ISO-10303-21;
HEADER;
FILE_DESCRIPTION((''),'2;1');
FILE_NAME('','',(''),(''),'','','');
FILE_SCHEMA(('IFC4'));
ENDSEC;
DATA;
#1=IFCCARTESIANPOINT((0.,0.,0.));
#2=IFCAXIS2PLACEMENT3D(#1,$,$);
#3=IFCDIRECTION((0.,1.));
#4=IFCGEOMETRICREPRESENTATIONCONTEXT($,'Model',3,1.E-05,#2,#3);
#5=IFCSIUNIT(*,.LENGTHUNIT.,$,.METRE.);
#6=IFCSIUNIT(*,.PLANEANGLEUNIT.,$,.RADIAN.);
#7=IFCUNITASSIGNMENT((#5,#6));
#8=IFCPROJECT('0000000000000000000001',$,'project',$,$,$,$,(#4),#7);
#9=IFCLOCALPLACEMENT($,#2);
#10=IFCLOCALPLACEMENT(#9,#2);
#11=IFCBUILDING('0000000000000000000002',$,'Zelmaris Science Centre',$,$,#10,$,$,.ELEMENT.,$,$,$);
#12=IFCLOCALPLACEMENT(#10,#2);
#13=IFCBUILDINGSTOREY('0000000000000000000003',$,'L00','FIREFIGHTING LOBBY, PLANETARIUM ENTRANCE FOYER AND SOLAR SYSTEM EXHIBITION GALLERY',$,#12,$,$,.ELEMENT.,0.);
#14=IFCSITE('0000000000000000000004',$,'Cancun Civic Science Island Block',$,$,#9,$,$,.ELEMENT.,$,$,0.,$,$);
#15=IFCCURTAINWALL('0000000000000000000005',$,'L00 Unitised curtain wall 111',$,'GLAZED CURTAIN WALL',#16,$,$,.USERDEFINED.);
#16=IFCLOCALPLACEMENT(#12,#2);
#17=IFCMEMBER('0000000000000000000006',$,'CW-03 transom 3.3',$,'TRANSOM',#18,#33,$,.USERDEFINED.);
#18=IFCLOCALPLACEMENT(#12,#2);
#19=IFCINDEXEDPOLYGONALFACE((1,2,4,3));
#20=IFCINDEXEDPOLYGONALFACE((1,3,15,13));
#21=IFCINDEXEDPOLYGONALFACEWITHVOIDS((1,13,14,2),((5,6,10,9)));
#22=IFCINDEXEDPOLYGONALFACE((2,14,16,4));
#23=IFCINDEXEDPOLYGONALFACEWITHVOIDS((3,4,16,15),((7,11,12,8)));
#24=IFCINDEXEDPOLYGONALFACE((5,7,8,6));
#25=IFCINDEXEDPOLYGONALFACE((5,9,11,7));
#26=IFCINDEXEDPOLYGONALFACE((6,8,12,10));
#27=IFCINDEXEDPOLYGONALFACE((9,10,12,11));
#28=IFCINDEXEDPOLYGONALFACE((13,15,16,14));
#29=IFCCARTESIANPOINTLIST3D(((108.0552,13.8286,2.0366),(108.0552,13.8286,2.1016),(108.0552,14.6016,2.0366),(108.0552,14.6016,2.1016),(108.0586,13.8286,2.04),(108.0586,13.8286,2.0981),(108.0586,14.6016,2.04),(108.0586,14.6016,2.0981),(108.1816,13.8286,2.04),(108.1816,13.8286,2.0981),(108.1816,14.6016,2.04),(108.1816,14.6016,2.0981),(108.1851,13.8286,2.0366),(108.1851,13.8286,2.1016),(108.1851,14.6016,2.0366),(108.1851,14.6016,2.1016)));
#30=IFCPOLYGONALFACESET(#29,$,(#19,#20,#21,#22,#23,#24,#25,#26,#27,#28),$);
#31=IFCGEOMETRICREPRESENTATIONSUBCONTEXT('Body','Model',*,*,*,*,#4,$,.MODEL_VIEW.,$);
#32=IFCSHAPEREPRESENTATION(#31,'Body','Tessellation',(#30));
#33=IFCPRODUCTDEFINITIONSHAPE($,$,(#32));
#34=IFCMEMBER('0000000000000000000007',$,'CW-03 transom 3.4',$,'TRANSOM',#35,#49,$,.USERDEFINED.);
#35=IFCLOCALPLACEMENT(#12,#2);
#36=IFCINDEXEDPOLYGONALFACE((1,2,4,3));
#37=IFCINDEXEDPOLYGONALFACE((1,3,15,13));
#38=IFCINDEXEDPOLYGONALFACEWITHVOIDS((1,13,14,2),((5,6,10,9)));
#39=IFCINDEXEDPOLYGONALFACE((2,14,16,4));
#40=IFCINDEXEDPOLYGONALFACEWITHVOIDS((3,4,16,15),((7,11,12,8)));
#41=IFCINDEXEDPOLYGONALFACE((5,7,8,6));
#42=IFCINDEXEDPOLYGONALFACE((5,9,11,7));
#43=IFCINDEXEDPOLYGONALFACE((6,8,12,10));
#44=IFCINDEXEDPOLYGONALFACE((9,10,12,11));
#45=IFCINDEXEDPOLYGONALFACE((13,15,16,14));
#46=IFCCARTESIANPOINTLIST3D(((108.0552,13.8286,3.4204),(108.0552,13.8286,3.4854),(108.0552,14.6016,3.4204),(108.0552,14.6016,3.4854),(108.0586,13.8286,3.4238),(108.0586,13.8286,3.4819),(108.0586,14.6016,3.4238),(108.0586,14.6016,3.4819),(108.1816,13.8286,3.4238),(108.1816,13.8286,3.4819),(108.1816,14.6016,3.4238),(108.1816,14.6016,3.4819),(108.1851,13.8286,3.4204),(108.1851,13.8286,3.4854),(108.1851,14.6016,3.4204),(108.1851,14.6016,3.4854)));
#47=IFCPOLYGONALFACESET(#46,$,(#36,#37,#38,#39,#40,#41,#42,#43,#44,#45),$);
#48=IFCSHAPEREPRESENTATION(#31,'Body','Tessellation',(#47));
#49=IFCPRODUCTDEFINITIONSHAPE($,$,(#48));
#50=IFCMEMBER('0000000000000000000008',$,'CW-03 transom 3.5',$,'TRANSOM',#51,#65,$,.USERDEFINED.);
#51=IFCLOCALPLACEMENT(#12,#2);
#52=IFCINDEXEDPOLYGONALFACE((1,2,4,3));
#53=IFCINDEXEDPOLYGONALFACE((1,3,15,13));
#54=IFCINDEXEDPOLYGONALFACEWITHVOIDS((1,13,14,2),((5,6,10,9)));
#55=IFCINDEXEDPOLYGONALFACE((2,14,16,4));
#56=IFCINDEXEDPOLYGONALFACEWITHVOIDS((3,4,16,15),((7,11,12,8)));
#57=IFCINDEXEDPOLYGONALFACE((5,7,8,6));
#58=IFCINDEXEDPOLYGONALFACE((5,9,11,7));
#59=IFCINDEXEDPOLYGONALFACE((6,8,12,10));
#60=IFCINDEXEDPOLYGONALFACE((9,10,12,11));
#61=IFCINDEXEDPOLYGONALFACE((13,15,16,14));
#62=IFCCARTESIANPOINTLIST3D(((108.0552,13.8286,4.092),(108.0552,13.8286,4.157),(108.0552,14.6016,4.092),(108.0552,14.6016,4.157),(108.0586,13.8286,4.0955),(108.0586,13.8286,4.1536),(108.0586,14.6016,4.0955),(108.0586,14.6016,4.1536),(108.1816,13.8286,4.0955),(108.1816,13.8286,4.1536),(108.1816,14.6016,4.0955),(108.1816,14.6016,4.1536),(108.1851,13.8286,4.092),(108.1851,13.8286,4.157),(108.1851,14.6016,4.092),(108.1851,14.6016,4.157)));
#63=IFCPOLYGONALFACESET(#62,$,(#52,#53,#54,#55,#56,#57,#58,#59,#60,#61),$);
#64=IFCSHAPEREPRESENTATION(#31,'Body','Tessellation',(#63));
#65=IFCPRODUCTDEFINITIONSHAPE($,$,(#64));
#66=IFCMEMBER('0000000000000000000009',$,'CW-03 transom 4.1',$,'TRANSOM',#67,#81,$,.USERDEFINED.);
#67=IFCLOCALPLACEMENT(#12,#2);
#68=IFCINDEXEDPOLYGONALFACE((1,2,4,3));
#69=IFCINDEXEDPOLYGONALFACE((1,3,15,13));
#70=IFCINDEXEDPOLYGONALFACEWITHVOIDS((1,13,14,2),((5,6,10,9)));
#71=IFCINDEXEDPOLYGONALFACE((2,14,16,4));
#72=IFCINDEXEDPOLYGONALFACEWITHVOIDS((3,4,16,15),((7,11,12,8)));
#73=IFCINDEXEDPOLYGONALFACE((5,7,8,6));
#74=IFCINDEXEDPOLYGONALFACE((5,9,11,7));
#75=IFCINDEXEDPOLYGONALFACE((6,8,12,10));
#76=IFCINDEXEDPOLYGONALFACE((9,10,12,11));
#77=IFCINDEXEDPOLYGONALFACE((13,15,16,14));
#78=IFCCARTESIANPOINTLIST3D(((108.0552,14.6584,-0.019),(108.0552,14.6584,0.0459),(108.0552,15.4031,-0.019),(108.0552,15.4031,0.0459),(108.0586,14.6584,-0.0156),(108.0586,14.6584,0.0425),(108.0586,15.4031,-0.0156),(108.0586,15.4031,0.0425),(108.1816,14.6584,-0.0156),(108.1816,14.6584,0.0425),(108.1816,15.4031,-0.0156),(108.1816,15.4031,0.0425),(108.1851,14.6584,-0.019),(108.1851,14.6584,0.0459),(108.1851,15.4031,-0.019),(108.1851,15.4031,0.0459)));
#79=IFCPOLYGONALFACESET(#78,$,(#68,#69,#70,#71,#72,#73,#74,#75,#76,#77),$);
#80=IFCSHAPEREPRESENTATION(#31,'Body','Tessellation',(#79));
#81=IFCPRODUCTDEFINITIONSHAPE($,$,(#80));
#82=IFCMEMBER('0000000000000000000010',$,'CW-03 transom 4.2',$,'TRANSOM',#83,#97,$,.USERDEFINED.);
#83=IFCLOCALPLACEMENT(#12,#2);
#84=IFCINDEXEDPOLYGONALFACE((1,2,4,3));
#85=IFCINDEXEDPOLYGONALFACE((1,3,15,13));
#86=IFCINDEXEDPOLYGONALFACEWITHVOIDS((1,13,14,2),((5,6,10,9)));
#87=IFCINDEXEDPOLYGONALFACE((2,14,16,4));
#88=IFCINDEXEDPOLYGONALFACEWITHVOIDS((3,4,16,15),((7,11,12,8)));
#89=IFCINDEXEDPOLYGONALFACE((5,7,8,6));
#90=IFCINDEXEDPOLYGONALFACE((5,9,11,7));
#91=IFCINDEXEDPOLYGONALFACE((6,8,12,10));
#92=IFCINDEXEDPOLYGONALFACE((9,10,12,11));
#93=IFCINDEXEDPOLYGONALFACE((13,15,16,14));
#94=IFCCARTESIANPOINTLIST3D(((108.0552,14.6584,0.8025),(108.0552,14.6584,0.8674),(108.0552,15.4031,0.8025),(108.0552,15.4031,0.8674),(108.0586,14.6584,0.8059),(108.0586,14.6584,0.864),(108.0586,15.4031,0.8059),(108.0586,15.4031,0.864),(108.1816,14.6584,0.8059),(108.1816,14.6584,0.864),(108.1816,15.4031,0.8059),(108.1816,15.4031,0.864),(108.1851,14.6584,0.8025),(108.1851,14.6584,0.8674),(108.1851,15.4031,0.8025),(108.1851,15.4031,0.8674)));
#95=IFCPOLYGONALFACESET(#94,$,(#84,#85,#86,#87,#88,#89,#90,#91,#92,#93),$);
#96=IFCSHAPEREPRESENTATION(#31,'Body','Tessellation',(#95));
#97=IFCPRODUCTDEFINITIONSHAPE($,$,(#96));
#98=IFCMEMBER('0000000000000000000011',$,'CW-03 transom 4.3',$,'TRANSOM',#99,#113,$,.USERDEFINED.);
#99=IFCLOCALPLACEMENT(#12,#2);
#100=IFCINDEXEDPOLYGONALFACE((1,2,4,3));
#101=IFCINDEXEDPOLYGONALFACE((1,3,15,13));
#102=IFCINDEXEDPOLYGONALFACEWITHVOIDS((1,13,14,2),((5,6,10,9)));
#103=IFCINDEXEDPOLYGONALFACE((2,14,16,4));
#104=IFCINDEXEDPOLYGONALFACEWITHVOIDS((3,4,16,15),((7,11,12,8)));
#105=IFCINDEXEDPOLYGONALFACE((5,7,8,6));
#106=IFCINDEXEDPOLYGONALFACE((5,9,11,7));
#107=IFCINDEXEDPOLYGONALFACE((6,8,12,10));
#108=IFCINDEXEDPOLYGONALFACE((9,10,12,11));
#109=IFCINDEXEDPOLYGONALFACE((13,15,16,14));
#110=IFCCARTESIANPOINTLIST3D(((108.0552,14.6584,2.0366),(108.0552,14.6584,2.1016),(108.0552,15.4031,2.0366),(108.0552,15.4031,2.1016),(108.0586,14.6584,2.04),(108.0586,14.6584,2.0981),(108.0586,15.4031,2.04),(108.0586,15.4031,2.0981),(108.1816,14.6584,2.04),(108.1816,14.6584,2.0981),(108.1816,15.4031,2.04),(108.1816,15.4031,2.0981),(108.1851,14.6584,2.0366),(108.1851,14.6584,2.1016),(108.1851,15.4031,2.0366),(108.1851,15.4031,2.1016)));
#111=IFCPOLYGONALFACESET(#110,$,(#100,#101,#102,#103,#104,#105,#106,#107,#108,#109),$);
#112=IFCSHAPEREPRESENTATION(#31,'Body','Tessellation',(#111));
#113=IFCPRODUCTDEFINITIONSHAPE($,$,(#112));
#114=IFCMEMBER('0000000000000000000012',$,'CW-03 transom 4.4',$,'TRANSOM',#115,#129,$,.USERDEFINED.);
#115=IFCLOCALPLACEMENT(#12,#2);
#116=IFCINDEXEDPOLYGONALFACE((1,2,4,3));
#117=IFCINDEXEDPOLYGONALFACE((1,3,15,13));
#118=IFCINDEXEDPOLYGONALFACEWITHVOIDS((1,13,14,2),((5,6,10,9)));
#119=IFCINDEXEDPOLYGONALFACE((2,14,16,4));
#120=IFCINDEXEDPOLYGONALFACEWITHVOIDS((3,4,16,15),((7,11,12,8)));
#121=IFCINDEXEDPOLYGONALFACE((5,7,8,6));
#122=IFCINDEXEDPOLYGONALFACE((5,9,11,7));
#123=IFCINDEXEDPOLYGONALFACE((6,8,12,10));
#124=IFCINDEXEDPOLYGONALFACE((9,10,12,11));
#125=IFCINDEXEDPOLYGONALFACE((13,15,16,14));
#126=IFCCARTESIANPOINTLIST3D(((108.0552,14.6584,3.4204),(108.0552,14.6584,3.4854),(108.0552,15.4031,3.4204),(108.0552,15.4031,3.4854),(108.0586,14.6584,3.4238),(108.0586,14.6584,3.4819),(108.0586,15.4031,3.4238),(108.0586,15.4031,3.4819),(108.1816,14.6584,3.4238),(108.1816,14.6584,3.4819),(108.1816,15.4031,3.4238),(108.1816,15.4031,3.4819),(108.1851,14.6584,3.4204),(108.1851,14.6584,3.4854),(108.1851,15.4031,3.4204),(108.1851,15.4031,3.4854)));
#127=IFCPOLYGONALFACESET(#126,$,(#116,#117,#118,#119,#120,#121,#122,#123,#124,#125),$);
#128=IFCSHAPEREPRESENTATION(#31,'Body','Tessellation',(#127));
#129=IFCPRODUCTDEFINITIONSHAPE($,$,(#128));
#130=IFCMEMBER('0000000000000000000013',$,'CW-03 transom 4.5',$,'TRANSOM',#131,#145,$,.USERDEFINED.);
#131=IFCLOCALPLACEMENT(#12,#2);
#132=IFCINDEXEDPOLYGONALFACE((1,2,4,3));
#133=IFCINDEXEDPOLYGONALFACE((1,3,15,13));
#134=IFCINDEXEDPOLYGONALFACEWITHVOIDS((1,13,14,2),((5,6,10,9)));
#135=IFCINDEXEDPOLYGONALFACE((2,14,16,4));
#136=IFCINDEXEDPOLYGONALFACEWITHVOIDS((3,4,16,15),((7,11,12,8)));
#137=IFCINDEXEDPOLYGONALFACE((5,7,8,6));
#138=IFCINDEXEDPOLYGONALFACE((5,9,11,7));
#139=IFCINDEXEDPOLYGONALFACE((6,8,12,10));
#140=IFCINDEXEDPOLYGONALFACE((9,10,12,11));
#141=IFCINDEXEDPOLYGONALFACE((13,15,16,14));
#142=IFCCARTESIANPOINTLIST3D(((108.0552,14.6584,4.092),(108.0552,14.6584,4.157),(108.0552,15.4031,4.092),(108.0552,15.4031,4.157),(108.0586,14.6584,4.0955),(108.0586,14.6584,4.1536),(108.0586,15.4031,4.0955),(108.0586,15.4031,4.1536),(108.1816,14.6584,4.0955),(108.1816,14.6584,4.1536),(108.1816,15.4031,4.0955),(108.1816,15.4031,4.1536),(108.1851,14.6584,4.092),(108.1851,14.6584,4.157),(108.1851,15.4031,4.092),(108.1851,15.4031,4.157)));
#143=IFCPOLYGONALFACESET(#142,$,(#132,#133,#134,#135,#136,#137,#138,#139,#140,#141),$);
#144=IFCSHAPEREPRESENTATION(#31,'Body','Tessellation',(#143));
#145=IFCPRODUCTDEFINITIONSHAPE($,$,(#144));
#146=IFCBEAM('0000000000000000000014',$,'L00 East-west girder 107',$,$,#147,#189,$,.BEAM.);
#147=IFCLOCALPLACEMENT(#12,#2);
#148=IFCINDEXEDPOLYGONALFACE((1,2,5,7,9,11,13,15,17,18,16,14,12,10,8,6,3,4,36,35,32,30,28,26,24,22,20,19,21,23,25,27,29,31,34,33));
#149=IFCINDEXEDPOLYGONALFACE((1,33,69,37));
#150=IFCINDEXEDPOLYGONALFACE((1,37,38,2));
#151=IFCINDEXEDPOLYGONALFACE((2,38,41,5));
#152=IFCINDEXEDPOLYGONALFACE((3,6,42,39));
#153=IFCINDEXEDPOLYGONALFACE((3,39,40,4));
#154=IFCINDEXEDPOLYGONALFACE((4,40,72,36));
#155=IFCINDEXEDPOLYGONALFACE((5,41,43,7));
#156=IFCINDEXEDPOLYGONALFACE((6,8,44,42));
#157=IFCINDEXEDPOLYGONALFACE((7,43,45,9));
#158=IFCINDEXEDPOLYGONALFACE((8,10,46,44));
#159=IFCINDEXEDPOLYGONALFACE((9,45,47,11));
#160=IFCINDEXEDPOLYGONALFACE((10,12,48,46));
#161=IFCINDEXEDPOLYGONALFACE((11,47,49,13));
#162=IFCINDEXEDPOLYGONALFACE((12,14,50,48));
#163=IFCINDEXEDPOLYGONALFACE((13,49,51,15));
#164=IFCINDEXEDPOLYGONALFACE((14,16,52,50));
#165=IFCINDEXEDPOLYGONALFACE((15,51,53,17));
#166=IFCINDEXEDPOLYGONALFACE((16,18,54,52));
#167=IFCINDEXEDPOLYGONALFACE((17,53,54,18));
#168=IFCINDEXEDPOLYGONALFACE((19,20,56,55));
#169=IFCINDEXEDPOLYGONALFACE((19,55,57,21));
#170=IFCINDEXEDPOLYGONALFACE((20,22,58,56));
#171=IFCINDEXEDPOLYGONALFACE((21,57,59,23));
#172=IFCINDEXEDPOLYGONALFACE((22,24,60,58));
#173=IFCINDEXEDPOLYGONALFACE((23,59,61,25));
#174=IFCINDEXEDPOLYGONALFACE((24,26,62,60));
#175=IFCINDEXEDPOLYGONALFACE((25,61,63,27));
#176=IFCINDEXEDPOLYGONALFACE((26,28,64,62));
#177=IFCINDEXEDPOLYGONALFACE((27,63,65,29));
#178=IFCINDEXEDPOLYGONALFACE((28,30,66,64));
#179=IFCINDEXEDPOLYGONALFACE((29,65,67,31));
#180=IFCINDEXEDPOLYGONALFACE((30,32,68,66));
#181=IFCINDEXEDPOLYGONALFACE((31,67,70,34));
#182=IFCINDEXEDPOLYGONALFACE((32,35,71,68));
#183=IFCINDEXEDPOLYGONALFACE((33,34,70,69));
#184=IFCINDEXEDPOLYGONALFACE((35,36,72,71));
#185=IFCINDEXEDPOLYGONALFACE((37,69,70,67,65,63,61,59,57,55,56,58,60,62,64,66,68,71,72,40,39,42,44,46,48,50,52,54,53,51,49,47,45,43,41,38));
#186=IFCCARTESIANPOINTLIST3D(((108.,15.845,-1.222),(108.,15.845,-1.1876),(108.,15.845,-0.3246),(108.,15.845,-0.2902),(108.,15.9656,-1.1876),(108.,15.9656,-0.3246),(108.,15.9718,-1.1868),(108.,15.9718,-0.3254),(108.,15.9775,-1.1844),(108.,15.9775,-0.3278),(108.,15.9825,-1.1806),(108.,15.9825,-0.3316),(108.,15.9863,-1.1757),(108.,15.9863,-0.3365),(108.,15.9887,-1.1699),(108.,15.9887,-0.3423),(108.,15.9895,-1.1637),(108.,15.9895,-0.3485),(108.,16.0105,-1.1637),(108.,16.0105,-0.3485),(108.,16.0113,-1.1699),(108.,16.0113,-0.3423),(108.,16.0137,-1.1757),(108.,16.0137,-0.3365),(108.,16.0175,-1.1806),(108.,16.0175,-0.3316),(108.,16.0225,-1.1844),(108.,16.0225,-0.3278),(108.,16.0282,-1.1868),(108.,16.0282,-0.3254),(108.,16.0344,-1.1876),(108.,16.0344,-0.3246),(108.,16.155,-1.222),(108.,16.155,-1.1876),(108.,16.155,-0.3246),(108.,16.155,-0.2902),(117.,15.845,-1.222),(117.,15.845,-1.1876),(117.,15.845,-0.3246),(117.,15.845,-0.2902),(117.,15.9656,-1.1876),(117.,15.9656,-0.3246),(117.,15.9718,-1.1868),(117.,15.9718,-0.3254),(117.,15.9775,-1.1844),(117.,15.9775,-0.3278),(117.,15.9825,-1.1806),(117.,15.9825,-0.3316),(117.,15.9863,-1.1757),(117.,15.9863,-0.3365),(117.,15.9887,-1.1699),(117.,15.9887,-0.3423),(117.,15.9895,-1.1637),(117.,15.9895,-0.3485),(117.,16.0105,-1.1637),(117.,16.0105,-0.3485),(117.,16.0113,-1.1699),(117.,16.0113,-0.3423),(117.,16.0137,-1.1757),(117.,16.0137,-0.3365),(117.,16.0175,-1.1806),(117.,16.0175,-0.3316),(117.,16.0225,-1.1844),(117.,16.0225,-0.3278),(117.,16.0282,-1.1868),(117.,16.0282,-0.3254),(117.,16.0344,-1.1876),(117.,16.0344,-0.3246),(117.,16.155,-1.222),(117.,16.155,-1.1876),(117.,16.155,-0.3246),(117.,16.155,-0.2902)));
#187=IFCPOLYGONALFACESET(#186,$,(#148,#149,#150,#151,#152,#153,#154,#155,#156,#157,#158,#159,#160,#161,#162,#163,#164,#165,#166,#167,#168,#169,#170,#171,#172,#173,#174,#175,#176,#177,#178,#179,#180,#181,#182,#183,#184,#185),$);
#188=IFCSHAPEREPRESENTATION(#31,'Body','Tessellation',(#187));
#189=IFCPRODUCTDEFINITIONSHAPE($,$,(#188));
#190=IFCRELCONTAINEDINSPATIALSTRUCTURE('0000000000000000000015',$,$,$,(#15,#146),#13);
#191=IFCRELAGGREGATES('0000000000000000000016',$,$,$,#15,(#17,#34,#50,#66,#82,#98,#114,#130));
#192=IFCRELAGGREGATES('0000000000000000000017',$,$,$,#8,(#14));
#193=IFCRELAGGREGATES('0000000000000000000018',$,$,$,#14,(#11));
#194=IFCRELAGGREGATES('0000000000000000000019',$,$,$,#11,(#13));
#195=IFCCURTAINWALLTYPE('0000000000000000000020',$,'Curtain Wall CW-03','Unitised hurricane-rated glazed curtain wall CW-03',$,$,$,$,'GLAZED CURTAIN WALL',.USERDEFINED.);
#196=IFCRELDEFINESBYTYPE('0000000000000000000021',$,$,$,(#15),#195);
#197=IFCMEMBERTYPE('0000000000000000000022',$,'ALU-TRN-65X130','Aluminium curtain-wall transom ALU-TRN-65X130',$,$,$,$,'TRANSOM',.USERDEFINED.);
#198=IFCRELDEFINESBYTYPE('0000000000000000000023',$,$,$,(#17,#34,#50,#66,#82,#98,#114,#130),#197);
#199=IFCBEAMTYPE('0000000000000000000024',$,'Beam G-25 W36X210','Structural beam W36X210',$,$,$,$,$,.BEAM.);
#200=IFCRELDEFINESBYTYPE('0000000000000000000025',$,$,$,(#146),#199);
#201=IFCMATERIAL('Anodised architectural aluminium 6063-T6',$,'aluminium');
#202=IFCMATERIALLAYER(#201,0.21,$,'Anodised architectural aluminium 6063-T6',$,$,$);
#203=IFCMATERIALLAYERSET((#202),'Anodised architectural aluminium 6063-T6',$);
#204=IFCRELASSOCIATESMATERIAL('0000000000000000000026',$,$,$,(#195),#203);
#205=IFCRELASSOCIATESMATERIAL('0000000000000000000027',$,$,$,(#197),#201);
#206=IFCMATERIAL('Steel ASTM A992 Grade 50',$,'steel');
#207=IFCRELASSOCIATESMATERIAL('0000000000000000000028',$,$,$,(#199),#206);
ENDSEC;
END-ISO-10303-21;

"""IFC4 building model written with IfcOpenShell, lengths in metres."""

from ifc_helpers import new_model, si_unit, direction, frame, origin, origin_2d, place, context, subcontext, project, spatial, hollow_rectangle, i_section, extrude, material, layer, layer_set, material_profile, profile_set, type_object, element, aggregate, save


model = new_model("IFC4")

# Units and contexts
model_context = context("Model", 3, precision=1e-05, world=origin(), true_north=direction((0.0, 1.0)))
body_context = subcontext(model_context, "Body", "Model", "MODEL_VIEW")
ifc_project = project(units=[si_unit("LENGTHUNIT", "METRE"), si_unit("PLANEANGLEUNIT", "RADIAN")], contexts=[model_context])

# Site, building, storey
site_placement = place(None, origin())
site = spatial("IfcSite", under=ifc_project, at=site_placement, Name="Cancun Civic Science Island Block", CompositionType="ELEMENT", RefElevation=0.0)
building_placement = place(site_placement, origin())
building = spatial("IfcBuilding", under=site, at=building_placement, Name="Zelmaris Science Centre", CompositionType="ELEMENT")
storey_placement = place(building_placement, origin())
storey = spatial("IfcBuildingStorey", under=building, at=storey_placement, Name="L00", Description="FIREFIGHTING LOBBY, PLANETARIUM ENTRANCE FOYER AND SOLAR SYSTEM EXHIBITION GALLERY", CompositionType="ELEMENT", Elevation=0.0)

# Shared definitions
ifc_material_1 = material(Name="Steel ASTM A992 Grade 50", Category="steel")

# Shared definitions
ifc_material_2 = material(Name="Anodised architectural aluminium 6063-T6", Category="aluminium")

# Curtain wall
ifc_layer_1 = layer(ifc_material_2, 0.21, Name="Anodised architectural aluminium 6063-T6")
ifc_layer_set_1 = layer_set([ifc_layer_1], Name="Anodised architectural aluminium 6063-T6")
curtain_wall_type_1 = type_object("IfcCurtainWallType", Name="Curtain Wall CW-03", Description="Unitised hurricane-rated glazed curtain wall CW-03", ElementType="GLAZED CURTAIN WALL", PredefinedType="USERDEFINED", material=ifc_layer_set_1)
curtain_wall_1_placement = place(storey_placement, origin())
curtain_wall_1 = element("IfcCurtainWall", 1, at=curtain_wall_1_placement, inside=storey, type_object=curtain_wall_type_1, Name="L00 Unitised curtain wall 111", ObjectType="GLAZED CURTAIN WALL", PredefinedType="USERDEFINED")

# Members
ifc_material_profile_1 = material_profile(ifc_material_2, hollow_rectangle(XDim=0.0649, YDim=0.1299, WallThickness=0.0034, at=origin_2d()), Name="ALU-TRN-65X130")
ifc_profile_set_1 = profile_set([ifc_material_profile_1], Name="Anodised architectural aluminium 6063-T6")
member_type_1 = type_object("IfcMemberType", Name="ALU-TRN-65X130", Description="Aluminium curtain-wall transom ALU-TRN-65X130", ElementType="TRANSOM", PredefinedType="USERDEFINED", material=ifc_profile_set_1)
member_1_placement = place(storey_placement, frame((108.1201, 13.8286, 2.0691), z_axis=(0.0, 1.0, 0.0), x_axis=(0.0, 0.0, 1.0)))
member_1 = element("IfcMember", 2, at=member_1_placement, type_object=member_type_1, Name="CW-03 transom 3.3", ObjectType="TRANSOM", PredefinedType="USERDEFINED", context=body_context, shape_type="SweptSolid", body=[
    extrude(hollow_rectangle(XDim=0.0649, YDim=0.1299, WallThickness=0.0034, at=origin_2d()), origin(), (0.0, 0.0, 1.0), 0.7729),
])
member_2_placement = place(storey_placement, frame((108.1201, 13.8286, 3.4529), z_axis=(0.0, 1.0, 0.0), x_axis=(0.0, 0.0, 1.0)))
member_2 = element("IfcMember", 3, at=member_2_placement, type_object=member_type_1, Name="CW-03 transom 3.4", ObjectType="TRANSOM", PredefinedType="USERDEFINED", context=body_context, shape_type="SweptSolid", body=[
    extrude(hollow_rectangle(XDim=0.0649, YDim=0.1299, WallThickness=0.0034, at=origin_2d()), origin(), (0.0, 0.0, 1.0), 0.7729),
])
member_3_placement = place(storey_placement, frame((108.1201, 13.8286, 4.1245), z_axis=(0.0, 1.0, 0.0), x_axis=(0.0, 0.0, 1.0)))
member_3 = element("IfcMember", 4, at=member_3_placement, type_object=member_type_1, Name="CW-03 transom 3.5", ObjectType="TRANSOM", PredefinedType="USERDEFINED", context=body_context, shape_type="SweptSolid", body=[
    extrude(hollow_rectangle(XDim=0.0649, YDim=0.1299, WallThickness=0.0034, at=origin_2d()), origin(), (0.0, 0.0, 1.0), 0.7729),
])
member_4_placement = place(storey_placement, frame((108.1201, 14.6584, 0.0134), z_axis=(0.0, 1.0, 0.0), x_axis=(0.0, 0.0, 1.0)))
member_4 = element("IfcMember", 5, at=member_4_placement, type_object=member_type_1, Name="CW-03 transom 4.1", ObjectType="TRANSOM", PredefinedType="USERDEFINED", context=body_context, shape_type="SweptSolid", body=[
    extrude(hollow_rectangle(XDim=0.0649, YDim=0.1299, WallThickness=0.0034, at=origin_2d()), origin(), (0.0, 0.0, 1.0), 0.7446),
])
member_5_placement = place(storey_placement, frame((108.1201, 14.6584, 0.835), z_axis=(0.0, 1.0, 0.0), x_axis=(0.0, 0.0, 1.0)))
member_5 = element("IfcMember", 6, at=member_5_placement, type_object=member_type_1, Name="CW-03 transom 4.2", ObjectType="TRANSOM", PredefinedType="USERDEFINED", context=body_context, shape_type="SweptSolid", body=[
    extrude(hollow_rectangle(XDim=0.0649, YDim=0.1299, WallThickness=0.0034, at=origin_2d()), origin(), (0.0, 0.0, 1.0), 0.7446),
])
member_6_placement = place(storey_placement, frame((108.1201, 14.6584, 2.0691), z_axis=(0.0, 1.0, 0.0), x_axis=(0.0, 0.0, 1.0)))
member_6 = element("IfcMember", 7, at=member_6_placement, type_object=member_type_1, Name="CW-03 transom 4.3", ObjectType="TRANSOM", PredefinedType="USERDEFINED", context=body_context, shape_type="SweptSolid", body=[
    extrude(hollow_rectangle(XDim=0.0649, YDim=0.1299, WallThickness=0.0034, at=origin_2d()), origin(), (0.0, 0.0, 1.0), 0.7446),
])
member_7_placement = place(storey_placement, frame((108.1201, 14.6584, 3.4529), z_axis=(0.0, 1.0, 0.0), x_axis=(0.0, 0.0, 1.0)))
member_7 = element("IfcMember", 8, at=member_7_placement, type_object=member_type_1, Name="CW-03 transom 4.4", ObjectType="TRANSOM", PredefinedType="USERDEFINED", context=body_context, shape_type="SweptSolid", body=[
    extrude(hollow_rectangle(XDim=0.0649, YDim=0.1299, WallThickness=0.0034, at=origin_2d()), origin(), (0.0, 0.0, 1.0), 0.7446),
])
member_8_placement = place(storey_placement, frame((108.1201, 14.6584, 4.1245), z_axis=(0.0, 1.0, 0.0), x_axis=(0.0, 0.0, 1.0)))
member_8 = element("IfcMember", 9, at=member_8_placement, type_object=member_type_1, Name="CW-03 transom 4.5", ObjectType="TRANSOM", PredefinedType="USERDEFINED", context=body_context, shape_type="SweptSolid", body=[
    extrude(hollow_rectangle(XDim=0.0649, YDim=0.1299, WallThickness=0.0034, at=origin_2d()), origin(), (0.0, 0.0, 1.0), 0.7446),
])

# Beam
ifc_material_profile_2 = material_profile(ifc_material_1, i_section(OverallWidth=0.3101, OverallDepth=0.9319, WebThickness=0.021, FlangeThickness=0.0344, FilletRadius=0.0239, at=origin_2d()), Name="W36X210")
ifc_profile_set_2 = profile_set([ifc_material_profile_2], Name="Steel ASTM A992 Grade 50")
beam_type_1 = type_object("IfcBeamType", Name="Beam G-25 W36X210", Description="Structural beam W36X210", PredefinedType="BEAM", material=ifc_profile_set_2)
beam_1_placement = place(storey_placement, frame((108.0, 16.0, -0.7561), z_axis=(1.0, 0.0, 0.0), x_axis=(0.0, 1.0, 0.0)))
element("IfcBeam", 10, at=beam_1_placement, inside=storey, type_object=beam_type_1, Name="L00 East-west girder 107", PredefinedType="BEAM", context=body_context, shape_type="SweptSolid", body=[
    extrude(i_section(OverallWidth=0.3101, OverallDepth=0.9319, WebThickness=0.021, FlangeThickness=0.0344, FilletRadius=0.0239, at=origin_2d()), origin(), (0.0, 0.0, 1.0), 9.0),
])

aggregate(curtain_wall_1, [member_1, member_2, member_3, member_4, member_5, member_6, member_7, member_8])

save(model, "model.ifc")
